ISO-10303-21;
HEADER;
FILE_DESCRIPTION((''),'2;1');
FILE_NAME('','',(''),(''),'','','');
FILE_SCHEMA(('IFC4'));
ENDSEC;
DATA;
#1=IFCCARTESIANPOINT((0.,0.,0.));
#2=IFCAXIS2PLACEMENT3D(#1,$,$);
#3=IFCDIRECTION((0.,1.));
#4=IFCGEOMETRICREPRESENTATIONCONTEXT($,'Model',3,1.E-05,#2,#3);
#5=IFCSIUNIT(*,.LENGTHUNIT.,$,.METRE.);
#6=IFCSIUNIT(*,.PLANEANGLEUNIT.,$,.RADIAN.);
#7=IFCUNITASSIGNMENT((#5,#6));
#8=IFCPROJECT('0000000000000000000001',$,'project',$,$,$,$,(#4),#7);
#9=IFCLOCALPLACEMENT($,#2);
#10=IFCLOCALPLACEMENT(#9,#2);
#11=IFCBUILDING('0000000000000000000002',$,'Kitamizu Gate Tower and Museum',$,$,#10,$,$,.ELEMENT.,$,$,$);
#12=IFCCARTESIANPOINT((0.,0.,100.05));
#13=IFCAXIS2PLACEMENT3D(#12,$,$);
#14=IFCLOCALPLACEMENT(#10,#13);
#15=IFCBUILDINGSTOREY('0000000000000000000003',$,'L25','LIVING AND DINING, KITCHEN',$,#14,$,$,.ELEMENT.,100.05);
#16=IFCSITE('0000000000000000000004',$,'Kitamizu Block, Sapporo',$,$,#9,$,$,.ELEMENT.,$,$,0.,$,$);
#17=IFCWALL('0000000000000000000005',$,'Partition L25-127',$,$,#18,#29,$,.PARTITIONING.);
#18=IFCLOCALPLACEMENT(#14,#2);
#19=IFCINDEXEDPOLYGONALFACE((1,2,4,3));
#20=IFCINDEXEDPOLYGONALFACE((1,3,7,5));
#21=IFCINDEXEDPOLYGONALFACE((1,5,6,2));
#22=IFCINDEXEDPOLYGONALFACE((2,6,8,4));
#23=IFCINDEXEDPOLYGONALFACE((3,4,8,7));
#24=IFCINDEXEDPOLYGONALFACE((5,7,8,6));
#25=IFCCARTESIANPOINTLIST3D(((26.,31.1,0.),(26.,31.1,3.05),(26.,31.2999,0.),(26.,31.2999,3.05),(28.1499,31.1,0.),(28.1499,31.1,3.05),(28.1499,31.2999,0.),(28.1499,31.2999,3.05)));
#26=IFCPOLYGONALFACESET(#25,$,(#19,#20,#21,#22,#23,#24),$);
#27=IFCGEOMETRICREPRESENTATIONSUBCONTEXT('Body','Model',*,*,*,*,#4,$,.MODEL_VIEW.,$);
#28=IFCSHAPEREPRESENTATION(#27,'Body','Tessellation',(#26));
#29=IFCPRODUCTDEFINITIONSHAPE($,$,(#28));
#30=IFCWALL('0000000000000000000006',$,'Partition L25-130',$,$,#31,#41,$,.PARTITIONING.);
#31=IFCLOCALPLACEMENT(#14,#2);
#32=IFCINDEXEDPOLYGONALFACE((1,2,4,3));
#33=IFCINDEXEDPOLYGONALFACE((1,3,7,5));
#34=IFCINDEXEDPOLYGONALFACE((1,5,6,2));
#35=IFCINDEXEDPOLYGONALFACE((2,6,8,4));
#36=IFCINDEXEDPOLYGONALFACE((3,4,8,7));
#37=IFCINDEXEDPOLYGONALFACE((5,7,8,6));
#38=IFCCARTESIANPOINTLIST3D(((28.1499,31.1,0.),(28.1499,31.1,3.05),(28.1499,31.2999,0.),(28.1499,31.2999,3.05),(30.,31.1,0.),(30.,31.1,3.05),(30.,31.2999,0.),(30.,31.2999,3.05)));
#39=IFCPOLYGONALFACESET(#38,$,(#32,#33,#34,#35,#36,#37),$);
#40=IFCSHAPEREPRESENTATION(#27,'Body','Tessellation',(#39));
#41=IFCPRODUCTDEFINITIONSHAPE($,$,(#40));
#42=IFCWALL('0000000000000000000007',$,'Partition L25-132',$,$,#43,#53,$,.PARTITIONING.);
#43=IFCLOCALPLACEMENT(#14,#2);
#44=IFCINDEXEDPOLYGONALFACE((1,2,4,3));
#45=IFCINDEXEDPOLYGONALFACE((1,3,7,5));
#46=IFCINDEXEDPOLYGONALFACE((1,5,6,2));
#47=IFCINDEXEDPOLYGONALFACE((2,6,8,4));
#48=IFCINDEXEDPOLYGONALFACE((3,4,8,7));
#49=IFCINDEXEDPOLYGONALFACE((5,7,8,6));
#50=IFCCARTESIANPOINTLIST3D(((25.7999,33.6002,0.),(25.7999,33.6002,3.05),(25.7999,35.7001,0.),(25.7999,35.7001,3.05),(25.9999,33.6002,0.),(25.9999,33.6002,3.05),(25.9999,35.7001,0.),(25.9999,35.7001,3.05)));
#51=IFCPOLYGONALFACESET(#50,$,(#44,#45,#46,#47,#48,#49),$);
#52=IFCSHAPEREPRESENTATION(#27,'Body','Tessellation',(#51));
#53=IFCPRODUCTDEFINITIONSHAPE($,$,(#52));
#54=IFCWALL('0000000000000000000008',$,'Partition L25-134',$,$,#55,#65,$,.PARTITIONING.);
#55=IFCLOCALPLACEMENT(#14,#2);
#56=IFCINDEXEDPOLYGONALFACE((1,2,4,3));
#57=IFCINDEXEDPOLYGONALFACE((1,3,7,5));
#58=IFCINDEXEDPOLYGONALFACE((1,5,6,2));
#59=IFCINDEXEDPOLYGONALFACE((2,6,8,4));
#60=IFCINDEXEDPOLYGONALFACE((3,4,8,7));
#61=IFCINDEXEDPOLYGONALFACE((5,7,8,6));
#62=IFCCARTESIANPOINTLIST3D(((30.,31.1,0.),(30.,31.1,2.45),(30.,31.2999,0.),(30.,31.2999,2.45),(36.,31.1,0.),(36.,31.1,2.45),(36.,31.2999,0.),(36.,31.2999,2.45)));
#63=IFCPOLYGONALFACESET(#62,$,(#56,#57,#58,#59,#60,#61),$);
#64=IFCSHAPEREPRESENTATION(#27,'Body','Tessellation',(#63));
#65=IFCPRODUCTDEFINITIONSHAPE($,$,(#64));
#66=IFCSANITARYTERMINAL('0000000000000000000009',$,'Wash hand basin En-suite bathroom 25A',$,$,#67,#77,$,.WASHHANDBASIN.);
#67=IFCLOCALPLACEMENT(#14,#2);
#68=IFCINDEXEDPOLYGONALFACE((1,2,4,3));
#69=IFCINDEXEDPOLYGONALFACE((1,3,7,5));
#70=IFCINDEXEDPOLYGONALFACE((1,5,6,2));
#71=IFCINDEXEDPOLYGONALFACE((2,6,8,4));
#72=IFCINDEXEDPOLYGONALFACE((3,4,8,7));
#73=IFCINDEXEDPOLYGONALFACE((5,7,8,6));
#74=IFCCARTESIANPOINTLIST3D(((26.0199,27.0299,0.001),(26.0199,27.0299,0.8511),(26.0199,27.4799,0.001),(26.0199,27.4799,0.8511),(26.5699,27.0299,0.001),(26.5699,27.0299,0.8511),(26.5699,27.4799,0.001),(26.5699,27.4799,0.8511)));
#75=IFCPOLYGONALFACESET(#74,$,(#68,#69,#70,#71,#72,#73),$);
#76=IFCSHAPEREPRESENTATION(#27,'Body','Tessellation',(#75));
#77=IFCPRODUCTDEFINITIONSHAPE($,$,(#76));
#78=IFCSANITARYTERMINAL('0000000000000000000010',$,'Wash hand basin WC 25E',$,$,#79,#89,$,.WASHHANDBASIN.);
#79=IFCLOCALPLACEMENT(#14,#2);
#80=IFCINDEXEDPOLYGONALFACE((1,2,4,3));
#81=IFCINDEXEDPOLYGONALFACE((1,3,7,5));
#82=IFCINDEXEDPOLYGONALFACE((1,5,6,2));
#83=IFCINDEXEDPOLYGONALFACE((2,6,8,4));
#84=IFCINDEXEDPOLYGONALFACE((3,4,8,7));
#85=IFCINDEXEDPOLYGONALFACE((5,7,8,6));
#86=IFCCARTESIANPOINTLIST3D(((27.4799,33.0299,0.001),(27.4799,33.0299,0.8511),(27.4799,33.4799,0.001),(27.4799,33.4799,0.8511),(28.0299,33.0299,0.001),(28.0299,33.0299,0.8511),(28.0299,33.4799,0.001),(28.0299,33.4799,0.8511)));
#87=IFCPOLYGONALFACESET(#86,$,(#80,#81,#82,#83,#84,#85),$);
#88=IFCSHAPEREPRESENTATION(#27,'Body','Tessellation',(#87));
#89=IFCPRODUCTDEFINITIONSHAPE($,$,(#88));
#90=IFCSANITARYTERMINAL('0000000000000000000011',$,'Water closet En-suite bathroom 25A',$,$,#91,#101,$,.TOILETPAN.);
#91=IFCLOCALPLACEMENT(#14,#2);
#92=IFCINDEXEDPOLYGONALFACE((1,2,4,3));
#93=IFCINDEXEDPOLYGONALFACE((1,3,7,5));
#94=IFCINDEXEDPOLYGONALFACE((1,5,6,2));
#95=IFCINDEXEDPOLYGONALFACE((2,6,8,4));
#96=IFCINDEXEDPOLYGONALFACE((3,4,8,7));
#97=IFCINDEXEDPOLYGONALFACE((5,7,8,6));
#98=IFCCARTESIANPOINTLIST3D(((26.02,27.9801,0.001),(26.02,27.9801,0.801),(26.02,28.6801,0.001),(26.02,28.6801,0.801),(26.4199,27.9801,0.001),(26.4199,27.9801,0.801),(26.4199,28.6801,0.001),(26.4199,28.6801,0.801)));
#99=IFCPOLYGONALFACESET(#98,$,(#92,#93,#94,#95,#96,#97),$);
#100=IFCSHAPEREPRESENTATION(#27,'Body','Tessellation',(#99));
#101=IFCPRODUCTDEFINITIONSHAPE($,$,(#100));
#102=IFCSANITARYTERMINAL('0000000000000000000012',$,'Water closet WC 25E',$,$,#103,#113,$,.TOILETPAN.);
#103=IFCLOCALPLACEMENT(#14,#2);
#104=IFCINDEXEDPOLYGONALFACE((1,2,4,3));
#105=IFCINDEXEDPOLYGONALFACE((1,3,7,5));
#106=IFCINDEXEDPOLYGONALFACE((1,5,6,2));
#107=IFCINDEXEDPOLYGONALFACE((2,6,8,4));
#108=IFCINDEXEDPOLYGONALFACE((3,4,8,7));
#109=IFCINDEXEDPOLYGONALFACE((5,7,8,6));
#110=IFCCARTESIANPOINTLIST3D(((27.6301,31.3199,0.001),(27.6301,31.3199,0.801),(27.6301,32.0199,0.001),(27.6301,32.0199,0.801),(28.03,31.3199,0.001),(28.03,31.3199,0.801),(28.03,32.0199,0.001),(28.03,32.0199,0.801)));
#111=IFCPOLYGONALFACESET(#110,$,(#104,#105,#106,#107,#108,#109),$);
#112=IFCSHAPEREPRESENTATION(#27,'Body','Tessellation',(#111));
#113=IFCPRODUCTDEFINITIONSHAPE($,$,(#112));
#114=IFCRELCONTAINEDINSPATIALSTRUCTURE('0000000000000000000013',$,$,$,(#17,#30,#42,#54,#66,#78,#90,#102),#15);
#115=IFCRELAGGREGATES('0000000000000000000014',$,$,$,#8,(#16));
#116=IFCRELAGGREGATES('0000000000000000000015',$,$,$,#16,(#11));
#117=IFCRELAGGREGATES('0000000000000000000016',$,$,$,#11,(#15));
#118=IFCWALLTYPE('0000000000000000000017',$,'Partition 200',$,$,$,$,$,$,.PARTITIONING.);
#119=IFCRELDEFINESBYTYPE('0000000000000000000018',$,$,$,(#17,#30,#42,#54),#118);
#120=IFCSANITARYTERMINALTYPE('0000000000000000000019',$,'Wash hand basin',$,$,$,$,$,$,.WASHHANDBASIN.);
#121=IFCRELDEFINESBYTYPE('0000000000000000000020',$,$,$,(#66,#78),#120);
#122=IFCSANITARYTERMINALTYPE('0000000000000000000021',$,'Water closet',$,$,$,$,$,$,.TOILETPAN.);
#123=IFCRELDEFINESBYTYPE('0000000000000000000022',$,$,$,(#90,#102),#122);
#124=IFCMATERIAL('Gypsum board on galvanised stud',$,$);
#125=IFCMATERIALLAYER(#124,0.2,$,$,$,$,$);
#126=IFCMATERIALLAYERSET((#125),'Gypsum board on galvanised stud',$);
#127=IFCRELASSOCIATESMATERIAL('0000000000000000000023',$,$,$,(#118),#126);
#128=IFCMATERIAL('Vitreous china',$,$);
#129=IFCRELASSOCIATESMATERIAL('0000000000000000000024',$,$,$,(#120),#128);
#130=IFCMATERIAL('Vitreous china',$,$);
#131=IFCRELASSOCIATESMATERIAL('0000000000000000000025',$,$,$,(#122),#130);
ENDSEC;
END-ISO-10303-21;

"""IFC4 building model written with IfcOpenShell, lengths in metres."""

from ifc_helpers import new_model, si_unit, direction, frame, frame_2d, origin, origin_2d, place, context, subcontext, project, spatial, rectangle, extrude, material, layer, layer_set, type_object, element, save


model = new_model("IFC4")

# Units and contexts
model_context = context("Model", 3, precision=1e-05, world=origin(), true_north=direction((0.0, 1.0)))
body_context = subcontext(model_context, "Body", "Model", "MODEL_VIEW")
ifc_project = project(units=[si_unit("LENGTHUNIT", "METRE"), si_unit("PLANEANGLEUNIT", "RADIAN")], contexts=[model_context])

# Site, building, storey
site_placement = place(None, origin())
site = spatial("IfcSite", under=ifc_project, at=site_placement, Name="Kitamizu Block, Sapporo", CompositionType="ELEMENT", RefElevation=0.0)
building_placement = place(site_placement, origin())
building = spatial("IfcBuilding", under=site, at=building_placement, Name="Kitamizu Gate Tower and Museum", CompositionType="ELEMENT")
storey_placement = place(building_placement, frame((0.0, 0.0, 100.05)))
storey = spatial("IfcBuildingStorey", under=building, at=storey_placement, Name="L25", Description="LIVING AND DINING, KITCHEN", CompositionType="ELEMENT", Elevation=100.05)

# Shared definitions
ifc_material_1 = material(Name="Gypsum board on galvanised stud")
ifc_layer_1 = layer(ifc_material_1, 0.2)
ifc_layer_set_1 = layer_set([ifc_layer_1], Name="Gypsum board on galvanised stud")
wall_type_1 = type_object("IfcWallType", Name="Partition 200", PredefinedType="PARTITIONING", material=ifc_layer_set_1)

# Walls
wall_1_placement = place(storey_placement, frame((26.0, 31.2, 0.0), z_axis=(0.0, 0.0, 1.0), x_axis=(1.0, 0.0, 0.0)))
element("IfcWall", 1, at=wall_1_placement, inside=storey, type_object=wall_type_1, Name="Partition L25-127", PredefinedType="PARTITIONING", context=body_context, shape_type="SweptSolid", body=[
    extrude(rectangle(XDim=2.1499, YDim=0.2, at=frame_2d((1.075, 0.0))), origin(), (0.0, 0.0, 1.0), 3.05),
])
wall_2_placement = place(storey_placement, frame((28.1499, 31.2, 0.0), z_axis=(0.0, 0.0, 1.0), x_axis=(1.0, 0.0, 0.0)))
element("IfcWall", 2, at=wall_2_placement, inside=storey, type_object=wall_type_1, Name="Partition L25-130", PredefinedType="PARTITIONING", context=body_context, shape_type="SweptSolid", body=[
    extrude(rectangle(XDim=1.8501, YDim=0.2, at=frame_2d((0.925, 0.0))), origin(), (0.0, 0.0, 1.0), 3.05),
])
wall_3_placement = place(storey_placement, frame((25.8999, 35.7, 0.0), z_axis=(0.0, 0.0, 1.0), x_axis=(0.0, -1.0, 0.0)))
element("IfcWall", 3, at=wall_3_placement, inside=storey, type_object=wall_type_1, Name="Partition L25-132", PredefinedType="PARTITIONING", context=body_context, shape_type="SweptSolid", body=[
    extrude(rectangle(XDim=2.0999, YDim=0.2, at=frame_2d((1.0498, 0.0))), origin(), (0.0, 0.0, 1.0), 3.05),
])
wall_4_placement = place(storey_placement, frame((30.0, 31.2, 0.0), z_axis=(0.0, 0.0, 1.0), x_axis=(1.0, 0.0, 0.0)))
element("IfcWall", 4, at=wall_4_placement, inside=storey, type_object=wall_type_1, Name="Partition L25-134", PredefinedType="PARTITIONING", context=body_context, shape_type="SweptSolid", body=[
    extrude(rectangle(XDim=6.0, YDim=0.2, at=frame_2d((3.0, 0.0))), origin(), (0.0, 0.0, 1.0), 2.45),
])

# Sanitary terminals
ifc_material_2 = material(Name="Vitreous china")
sanitary_terminal_type_1 = type_object("IfcSanitaryTerminalType", Name="Wash hand basin", PredefinedType="WASHHANDBASIN", material=ifc_material_2)
for number, where, z_axis, x_axis, name in (
    (5, (26.2949, 27.2549, 0.001), (0.0, 0.0, 1.0), (1.0, 0.0, 0.0), "Wash hand basin En-suite bathroom 25A"),
    (6, (27.7549, 33.2549, 0.001), (0.0, 0.0, 1.0), (1.0, 0.0, 0.0), "Wash hand basin WC 25E"),
):
    element("IfcSanitaryTerminal", number, at=place(storey_placement, frame(where, z_axis=z_axis, x_axis=x_axis)), inside=storey, type_object=sanitary_terminal_type_1, Name=name, PredefinedType="WASHHANDBASIN", context=body_context, shape_type="SweptSolid", body=[
        extrude(rectangle(XDim=0.55, YDim=0.45, at=origin_2d()), origin(), (0.0, 0.0, 1.0), 0.8501),
    ])
ifc_material_3 = material(Name="Vitreous china")
sanitary_terminal_type_2 = type_object("IfcSanitaryTerminalType", Name="Water closet", PredefinedType="TOILETPAN", material=ifc_material_3)
for number, where, z_axis, x_axis, name in (
    (7, (26.22, 28.3301, 0.001), (0.0, 0.0, 1.0), (1.0, 0.0, 0.0), "Water closet En-suite bathroom 25A"),
    (8, (27.8301, 31.6699, 0.001), (0.0, 0.0, 1.0), (1.0, 0.0, 0.0), "Water closet WC 25E"),
):
    element("IfcSanitaryTerminal", number, at=place(storey_placement, frame(where, z_axis=z_axis, x_axis=x_axis)), inside=storey, type_object=sanitary_terminal_type_2, Name=name, PredefinedType="TOILETPAN", context=body_context, shape_type="SweptSolid", body=[
        extrude(rectangle(XDim=0.3999, YDim=0.7, at=origin_2d()), origin(), (0.0, 0.0, 1.0), 0.8),
    ])

save(model, "model.ifc")
